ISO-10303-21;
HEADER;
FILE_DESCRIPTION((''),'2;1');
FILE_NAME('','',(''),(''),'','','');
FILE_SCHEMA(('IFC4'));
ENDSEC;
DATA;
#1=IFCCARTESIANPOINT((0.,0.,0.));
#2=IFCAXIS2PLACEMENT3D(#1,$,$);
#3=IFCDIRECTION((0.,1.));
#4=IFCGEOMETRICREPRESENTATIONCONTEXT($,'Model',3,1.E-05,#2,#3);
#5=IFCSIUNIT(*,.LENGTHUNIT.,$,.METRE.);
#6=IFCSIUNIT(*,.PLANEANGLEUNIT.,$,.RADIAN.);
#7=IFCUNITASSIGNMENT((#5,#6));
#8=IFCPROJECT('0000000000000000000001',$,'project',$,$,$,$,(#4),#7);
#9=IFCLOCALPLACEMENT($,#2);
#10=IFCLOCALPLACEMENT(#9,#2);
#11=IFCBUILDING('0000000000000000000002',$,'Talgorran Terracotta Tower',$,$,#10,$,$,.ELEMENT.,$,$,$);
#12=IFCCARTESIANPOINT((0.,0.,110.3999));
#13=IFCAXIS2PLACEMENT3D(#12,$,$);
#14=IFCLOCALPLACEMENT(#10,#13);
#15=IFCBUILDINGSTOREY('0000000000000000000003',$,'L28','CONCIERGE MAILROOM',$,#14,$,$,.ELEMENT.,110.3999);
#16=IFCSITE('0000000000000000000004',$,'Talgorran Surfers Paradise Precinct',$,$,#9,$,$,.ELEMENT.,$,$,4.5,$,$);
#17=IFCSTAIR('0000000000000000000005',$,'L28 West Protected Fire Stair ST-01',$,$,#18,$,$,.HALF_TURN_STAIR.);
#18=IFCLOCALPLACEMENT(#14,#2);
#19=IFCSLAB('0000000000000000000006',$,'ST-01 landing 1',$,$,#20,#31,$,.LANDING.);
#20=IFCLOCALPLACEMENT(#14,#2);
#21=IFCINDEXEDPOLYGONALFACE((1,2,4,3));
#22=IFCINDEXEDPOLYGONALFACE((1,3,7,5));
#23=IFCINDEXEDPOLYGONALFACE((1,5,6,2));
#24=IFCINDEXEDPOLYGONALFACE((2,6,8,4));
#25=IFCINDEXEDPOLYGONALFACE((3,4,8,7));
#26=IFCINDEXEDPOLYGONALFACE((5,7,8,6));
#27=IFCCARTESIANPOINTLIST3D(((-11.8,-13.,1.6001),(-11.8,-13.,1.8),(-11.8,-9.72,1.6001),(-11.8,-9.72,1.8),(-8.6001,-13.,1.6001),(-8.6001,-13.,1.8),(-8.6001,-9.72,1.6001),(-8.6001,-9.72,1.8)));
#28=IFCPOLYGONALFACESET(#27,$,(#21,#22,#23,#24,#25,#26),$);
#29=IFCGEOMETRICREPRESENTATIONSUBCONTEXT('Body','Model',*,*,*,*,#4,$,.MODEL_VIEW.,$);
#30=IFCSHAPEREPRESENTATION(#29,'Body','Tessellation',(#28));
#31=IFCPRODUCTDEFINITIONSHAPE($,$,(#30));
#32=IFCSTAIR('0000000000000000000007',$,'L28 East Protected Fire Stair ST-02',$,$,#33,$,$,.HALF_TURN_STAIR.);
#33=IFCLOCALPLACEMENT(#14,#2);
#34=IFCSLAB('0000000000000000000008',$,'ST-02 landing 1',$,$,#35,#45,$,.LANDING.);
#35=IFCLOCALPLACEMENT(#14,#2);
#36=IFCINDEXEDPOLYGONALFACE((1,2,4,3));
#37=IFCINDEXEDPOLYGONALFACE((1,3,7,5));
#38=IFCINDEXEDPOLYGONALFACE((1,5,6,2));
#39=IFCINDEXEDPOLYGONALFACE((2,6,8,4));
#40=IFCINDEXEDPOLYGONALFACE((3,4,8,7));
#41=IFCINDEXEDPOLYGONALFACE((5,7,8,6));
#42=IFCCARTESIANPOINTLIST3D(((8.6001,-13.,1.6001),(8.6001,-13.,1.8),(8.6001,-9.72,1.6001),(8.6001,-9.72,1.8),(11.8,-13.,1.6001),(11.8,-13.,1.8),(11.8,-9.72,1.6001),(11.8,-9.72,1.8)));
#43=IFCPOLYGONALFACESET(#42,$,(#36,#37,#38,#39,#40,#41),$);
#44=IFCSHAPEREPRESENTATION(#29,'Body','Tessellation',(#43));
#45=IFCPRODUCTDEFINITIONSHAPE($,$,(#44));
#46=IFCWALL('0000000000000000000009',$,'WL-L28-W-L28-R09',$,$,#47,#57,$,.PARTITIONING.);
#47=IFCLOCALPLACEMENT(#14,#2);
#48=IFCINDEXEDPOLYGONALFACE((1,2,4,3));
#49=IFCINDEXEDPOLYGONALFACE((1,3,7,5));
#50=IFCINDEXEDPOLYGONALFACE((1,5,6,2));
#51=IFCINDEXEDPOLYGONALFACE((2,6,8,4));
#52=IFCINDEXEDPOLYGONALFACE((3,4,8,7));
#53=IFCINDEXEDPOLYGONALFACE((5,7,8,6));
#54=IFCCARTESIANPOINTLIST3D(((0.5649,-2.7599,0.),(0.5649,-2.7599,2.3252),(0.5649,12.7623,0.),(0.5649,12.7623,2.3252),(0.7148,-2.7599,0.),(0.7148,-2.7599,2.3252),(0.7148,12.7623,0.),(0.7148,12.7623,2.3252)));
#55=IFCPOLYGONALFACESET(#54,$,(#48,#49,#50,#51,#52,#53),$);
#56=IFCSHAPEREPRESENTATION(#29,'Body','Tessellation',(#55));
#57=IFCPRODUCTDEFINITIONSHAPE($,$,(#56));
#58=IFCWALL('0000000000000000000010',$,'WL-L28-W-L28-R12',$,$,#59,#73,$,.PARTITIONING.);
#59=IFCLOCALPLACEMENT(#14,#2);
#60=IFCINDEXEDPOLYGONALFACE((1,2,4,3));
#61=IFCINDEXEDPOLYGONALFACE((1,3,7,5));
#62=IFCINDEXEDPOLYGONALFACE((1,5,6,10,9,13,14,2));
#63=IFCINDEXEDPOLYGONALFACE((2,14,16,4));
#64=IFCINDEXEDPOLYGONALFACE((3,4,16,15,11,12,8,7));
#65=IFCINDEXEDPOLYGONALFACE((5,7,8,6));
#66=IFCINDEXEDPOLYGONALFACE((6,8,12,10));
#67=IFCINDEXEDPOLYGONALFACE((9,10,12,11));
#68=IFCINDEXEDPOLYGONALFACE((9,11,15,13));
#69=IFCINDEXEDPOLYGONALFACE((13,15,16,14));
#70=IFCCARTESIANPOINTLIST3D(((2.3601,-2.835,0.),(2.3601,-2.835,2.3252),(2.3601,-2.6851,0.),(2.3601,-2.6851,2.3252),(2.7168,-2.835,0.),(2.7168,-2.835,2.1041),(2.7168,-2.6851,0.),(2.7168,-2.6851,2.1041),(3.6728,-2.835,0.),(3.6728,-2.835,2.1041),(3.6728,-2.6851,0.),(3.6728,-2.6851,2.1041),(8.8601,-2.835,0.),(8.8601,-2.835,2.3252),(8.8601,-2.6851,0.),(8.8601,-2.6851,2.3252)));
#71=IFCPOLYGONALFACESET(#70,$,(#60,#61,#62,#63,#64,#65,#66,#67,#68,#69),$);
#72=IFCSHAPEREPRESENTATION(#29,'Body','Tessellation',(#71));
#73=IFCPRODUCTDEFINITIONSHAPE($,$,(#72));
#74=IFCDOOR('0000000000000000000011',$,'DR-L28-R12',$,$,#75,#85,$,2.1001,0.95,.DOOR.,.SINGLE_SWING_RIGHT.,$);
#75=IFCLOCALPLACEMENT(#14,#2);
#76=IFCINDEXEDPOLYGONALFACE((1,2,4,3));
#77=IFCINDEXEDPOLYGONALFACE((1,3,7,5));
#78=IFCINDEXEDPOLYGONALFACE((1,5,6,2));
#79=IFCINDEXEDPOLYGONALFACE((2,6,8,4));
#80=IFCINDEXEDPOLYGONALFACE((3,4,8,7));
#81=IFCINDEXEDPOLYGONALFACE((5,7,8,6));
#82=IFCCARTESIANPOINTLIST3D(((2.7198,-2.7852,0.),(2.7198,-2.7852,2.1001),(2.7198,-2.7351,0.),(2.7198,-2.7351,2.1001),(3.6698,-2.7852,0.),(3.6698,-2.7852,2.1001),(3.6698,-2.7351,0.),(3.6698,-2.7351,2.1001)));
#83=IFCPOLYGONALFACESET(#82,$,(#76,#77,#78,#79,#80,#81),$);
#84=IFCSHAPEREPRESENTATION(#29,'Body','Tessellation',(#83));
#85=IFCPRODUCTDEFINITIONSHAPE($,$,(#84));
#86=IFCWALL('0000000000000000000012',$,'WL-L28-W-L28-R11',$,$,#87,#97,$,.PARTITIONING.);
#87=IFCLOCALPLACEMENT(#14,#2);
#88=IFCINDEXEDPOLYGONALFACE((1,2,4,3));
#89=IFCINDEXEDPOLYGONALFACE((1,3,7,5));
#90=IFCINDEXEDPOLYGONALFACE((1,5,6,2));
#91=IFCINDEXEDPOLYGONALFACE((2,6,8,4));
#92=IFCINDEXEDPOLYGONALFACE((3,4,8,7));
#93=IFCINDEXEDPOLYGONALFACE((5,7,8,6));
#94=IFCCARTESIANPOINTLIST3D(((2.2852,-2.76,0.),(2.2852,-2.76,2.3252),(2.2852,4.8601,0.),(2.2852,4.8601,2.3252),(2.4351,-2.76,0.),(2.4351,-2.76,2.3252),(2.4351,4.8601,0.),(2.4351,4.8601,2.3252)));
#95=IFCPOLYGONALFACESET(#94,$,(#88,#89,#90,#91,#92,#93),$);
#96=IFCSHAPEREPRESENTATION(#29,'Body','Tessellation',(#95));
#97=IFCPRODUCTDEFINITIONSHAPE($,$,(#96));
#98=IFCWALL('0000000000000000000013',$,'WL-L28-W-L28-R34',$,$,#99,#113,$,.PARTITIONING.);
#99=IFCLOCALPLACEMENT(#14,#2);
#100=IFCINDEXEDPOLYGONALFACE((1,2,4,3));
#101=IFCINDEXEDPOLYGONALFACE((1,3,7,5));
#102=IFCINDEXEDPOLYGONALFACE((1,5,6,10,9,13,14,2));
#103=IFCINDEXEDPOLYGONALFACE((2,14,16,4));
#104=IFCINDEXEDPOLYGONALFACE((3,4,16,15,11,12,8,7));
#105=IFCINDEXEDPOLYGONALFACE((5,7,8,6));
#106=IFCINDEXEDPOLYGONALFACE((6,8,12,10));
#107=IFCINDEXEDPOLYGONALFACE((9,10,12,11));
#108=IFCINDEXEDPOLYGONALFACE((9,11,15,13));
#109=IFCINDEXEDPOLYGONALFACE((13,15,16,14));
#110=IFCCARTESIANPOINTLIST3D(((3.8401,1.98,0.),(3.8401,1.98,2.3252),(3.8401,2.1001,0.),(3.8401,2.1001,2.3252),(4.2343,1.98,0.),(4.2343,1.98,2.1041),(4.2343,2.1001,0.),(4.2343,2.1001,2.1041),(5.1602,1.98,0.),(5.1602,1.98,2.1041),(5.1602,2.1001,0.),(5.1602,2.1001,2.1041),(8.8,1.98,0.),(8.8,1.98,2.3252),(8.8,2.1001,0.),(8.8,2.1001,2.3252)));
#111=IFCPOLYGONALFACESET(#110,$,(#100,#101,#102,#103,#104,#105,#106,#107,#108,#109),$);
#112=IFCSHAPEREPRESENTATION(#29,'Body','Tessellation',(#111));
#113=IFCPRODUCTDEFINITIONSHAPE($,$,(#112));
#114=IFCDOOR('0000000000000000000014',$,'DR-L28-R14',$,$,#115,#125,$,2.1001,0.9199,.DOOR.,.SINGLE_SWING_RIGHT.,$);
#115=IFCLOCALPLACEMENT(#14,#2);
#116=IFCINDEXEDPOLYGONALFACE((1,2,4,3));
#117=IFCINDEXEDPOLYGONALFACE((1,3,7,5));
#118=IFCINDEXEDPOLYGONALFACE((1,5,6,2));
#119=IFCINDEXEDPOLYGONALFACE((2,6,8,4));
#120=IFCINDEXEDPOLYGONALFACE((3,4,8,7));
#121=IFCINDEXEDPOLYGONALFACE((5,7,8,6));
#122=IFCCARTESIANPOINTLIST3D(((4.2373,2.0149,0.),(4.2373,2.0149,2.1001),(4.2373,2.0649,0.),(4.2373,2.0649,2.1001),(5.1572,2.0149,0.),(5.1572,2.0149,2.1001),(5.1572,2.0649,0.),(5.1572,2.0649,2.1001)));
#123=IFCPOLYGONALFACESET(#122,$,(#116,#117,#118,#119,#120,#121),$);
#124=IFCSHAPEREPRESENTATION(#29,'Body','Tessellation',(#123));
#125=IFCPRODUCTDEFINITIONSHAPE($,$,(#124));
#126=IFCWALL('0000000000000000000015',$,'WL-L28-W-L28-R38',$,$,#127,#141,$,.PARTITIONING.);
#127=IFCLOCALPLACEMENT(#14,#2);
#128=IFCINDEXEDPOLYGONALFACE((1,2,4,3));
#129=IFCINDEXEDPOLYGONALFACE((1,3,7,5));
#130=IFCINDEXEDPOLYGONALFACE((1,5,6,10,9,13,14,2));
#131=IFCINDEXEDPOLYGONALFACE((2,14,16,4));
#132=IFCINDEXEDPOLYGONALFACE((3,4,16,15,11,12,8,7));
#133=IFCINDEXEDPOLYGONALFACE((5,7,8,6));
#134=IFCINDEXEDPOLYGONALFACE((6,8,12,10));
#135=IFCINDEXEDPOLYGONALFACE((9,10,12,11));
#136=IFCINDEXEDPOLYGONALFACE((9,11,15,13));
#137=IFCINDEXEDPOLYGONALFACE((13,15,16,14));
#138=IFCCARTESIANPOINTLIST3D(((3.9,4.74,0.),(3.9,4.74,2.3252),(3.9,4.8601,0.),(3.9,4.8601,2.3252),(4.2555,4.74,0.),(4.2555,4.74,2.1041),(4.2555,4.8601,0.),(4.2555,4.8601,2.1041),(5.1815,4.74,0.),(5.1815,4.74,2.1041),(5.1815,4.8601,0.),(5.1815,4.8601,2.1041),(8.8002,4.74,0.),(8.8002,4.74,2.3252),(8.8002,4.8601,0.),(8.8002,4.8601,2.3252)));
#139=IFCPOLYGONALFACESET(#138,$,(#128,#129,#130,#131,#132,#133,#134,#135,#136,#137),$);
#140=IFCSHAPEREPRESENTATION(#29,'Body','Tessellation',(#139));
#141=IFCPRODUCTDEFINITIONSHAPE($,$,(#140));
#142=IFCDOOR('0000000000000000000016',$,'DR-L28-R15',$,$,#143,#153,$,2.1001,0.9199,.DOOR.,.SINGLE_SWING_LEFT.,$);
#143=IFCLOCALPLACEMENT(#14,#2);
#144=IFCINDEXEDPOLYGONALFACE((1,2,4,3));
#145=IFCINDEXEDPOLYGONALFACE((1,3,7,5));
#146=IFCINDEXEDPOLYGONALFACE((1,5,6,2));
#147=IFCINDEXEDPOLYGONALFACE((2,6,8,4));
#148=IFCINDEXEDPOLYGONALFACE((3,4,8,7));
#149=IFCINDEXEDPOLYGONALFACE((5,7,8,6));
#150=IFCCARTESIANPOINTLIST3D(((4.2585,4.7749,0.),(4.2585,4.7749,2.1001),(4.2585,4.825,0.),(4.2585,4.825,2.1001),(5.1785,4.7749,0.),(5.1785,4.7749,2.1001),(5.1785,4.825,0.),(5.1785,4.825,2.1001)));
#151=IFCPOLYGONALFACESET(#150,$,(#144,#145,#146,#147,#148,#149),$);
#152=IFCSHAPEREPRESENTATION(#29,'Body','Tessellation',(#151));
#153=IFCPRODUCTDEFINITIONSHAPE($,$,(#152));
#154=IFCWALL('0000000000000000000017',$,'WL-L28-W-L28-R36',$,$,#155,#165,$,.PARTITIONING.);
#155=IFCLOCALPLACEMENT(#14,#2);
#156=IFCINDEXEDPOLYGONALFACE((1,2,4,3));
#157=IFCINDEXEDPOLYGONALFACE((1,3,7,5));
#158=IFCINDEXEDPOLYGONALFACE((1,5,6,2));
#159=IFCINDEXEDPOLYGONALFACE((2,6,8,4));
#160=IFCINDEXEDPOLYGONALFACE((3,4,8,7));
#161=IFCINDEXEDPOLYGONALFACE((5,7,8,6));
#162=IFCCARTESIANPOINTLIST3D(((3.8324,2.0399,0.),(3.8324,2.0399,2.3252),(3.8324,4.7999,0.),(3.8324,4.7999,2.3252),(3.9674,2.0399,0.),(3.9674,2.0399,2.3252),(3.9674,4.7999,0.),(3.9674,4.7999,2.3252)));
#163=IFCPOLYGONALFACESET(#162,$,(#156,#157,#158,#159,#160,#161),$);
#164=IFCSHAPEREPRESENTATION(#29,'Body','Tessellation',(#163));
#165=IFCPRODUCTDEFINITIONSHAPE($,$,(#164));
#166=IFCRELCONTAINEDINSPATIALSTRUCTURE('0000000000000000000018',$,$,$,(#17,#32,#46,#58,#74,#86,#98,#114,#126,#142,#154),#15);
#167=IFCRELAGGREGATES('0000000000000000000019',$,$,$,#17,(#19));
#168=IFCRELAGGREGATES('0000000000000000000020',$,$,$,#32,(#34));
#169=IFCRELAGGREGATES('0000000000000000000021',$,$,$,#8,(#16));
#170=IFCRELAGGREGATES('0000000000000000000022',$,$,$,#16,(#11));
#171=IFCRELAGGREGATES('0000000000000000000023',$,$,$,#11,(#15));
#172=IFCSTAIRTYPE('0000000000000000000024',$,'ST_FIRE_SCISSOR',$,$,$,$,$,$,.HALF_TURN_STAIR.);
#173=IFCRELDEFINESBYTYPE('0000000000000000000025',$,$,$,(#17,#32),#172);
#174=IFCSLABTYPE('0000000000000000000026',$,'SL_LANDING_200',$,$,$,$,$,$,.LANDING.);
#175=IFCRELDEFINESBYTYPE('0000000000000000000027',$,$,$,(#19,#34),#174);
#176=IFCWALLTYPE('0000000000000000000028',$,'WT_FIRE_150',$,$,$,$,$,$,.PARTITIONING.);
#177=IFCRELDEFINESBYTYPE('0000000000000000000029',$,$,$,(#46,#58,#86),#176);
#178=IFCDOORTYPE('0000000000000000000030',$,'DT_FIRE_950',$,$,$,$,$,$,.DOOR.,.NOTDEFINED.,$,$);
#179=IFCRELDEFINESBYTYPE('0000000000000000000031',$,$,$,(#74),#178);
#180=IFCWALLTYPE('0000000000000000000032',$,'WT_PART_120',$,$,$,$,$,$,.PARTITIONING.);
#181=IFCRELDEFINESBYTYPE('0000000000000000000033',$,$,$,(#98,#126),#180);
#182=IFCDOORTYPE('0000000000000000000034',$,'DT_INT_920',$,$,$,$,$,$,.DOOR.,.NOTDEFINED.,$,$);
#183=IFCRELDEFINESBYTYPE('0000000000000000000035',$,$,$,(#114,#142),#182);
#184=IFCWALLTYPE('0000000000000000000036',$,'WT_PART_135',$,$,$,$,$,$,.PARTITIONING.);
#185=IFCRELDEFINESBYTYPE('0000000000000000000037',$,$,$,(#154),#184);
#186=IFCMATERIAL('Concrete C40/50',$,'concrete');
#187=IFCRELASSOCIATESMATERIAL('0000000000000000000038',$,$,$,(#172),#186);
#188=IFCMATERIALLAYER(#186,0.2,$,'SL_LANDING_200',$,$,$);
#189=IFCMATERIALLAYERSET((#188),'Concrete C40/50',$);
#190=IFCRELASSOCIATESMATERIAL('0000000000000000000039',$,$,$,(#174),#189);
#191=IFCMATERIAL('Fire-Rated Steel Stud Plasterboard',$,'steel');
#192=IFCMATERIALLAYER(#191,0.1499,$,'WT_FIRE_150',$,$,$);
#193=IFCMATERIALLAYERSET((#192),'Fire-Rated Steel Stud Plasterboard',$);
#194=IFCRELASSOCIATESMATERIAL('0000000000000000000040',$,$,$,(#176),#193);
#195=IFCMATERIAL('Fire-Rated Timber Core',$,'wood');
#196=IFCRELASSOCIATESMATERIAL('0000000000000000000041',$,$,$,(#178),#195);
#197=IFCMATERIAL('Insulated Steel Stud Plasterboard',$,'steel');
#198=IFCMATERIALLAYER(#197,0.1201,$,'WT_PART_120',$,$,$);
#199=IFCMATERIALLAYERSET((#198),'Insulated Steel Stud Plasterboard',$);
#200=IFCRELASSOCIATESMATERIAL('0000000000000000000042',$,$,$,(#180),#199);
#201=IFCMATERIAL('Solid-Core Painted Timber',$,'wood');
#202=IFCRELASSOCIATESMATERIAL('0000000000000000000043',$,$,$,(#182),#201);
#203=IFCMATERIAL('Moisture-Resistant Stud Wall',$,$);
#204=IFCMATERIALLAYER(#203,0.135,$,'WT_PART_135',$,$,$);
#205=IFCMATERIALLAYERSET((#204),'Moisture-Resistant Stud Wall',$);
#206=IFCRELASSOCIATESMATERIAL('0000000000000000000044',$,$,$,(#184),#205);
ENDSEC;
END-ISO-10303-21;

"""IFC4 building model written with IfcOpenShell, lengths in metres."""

from ifc_helpers import new_model, si_unit, direction, frame, frame_2d, origin, place, context, subcontext, project, spatial, polyline, rectangle, outline, extrude, material, layer, layer_set, type_object, element, fill, aggregate, save


model = new_model("IFC4")

# Units and contexts
model_context = context("Model", 3, precision=1e-05, world=origin(), true_north=direction((0.0, 1.0)))
body_context = subcontext(model_context, "Body", "Model", "MODEL_VIEW")
ifc_project = project(units=[si_unit("LENGTHUNIT", "METRE"), si_unit("PLANEANGLEUNIT", "RADIAN")], contexts=[model_context])

# Site, building, storey
site_placement = place(None, origin())
site = spatial("IfcSite", under=ifc_project, at=site_placement, Name="Talgorran Surfers Paradise Precinct", CompositionType="ELEMENT", RefElevation=4.5)
building_placement = place(site_placement, origin())
building = spatial("IfcBuilding", under=site, at=building_placement, Name="Talgorran Terracotta Tower", CompositionType="ELEMENT")
storey_placement = place(building_placement, frame((0.0, 0.0, 110.3999)))
storey = spatial("IfcBuildingStorey", under=building, at=storey_placement, Name="L28", Description="CONCIERGE MAILROOM", CompositionType="ELEMENT", Elevation=110.3999)

# Stairs, slabs
ifc_material_1 = material(Name="Concrete C40/50", Category="concrete")
stair_type = type_object("IfcStairType", Name="ST_FIRE_SCISSOR", PredefinedType="HALF_TURN_STAIR", material=ifc_material_1)
stair_1_placement = place(storey_placement, origin())
stair_1 = element("IfcStair", 1, at=stair_1_placement, inside=storey, type_object=stair_type, Name="L28 West Protected Fire Stair ST-01", PredefinedType="HALF_TURN_STAIR")
ifc_layer_1 = layer(ifc_material_1, 0.2, Name="SL_LANDING_200")
ifc_layer_set_1 = layer_set([ifc_layer_1], Name="Concrete C40/50")
slab_type = type_object("IfcSlabType", Name="SL_LANDING_200", PredefinedType="LANDING", material=ifc_layer_set_1)
slab_1_placement = place(storey_placement, frame((0.0, 0.0, 1.6001)))
slab_1 = element("IfcSlab", 2, at=slab_1_placement, type_object=slab_type, Name="ST-01 landing 1", PredefinedType="LANDING", context=body_context, shape_type="SweptSolid", body=[
    extrude(outline(polyline([(-11.8, -9.72), (-11.8, -13.0), (-8.6001, -13.0), (-8.6001, -9.72), (-11.8, -9.72)])), origin(), (0.0, 0.0, 1.0), 0.2),
])
aggregate(stair_1, [slab_1])
stair_2_placement = place(storey_placement, origin())
stair_2 = element("IfcStair", 3, at=stair_2_placement, inside=storey, type_object=stair_type, Name="L28 East Protected Fire Stair ST-02", PredefinedType="HALF_TURN_STAIR")
slab_2_placement = place(storey_placement, frame((0.0, 0.0, 1.6001)))
slab_2 = element("IfcSlab", 4, at=slab_2_placement, type_object=slab_type, Name="ST-02 landing 1", PredefinedType="LANDING", context=body_context, shape_type="SweptSolid", body=[
    extrude(outline(polyline([(8.6001, -9.72), (8.6001, -13.0), (11.8, -13.0), (11.8, -9.72), (8.6001, -9.72)])), origin(), (0.0, 0.0, 1.0), 0.2),
])
aggregate(stair_2, [slab_2])

# Wall
ifc_material_2 = material(Name="Fire-Rated Steel Stud Plasterboard", Category="steel")
ifc_layer_2 = layer(ifc_material_2, 0.1499, Name="WT_FIRE_150")
ifc_layer_set_2 = layer_set([ifc_layer_2], Name="Fire-Rated Steel Stud Plasterboard")
wall_type_1 = type_object("IfcWallType", Name="WT_FIRE_150", PredefinedType="PARTITIONING", material=ifc_layer_set_2)
wall_1_placement = place(storey_placement, frame((0.6399, -2.76, 0.0), z_axis=(0.0, 0.0, 1.0), x_axis=(0.0, 1.0, 0.0)))
element("IfcWall", 5, at=wall_1_placement, inside=storey, type_object=wall_type_1, Name="WL-L28-W-L28-R09", PredefinedType="PARTITIONING", context=body_context, shape_type="SweptSolid", body=[
    extrude(rectangle(XDim=15.5222, YDim=0.1499, at=frame_2d((7.7612, 0.0))), origin(), (0.0, 0.0, 1.0), 2.3252),
])

# Wall, opening, door
wall_2_placement = place(storey_placement, frame((2.3601, -2.76, 0.0), z_axis=(0.0, 0.0, 1.0), x_axis=(1.0, 0.0, 0.0)))
wall_2 = element("IfcWall", 6, at=wall_2_placement, inside=storey, type_object=wall_type_1, Name="WL-L28-W-L28-R12", PredefinedType="PARTITIONING", context=body_context, shape_type="SweptSolid", body=[
    extrude(rectangle(XDim=6.5, YDim=0.1499, at=frame_2d((3.25, 0.0))), origin(), (0.0, 0.0, 1.0), 2.3252),
])
opening_1_placement = place(wall_2_placement, frame((0.3596, 0.0, 0.0)))
opening_1 = element("IfcOpeningElement", 7, at=opening_1_placement, cuts=wall_2, PredefinedType="OPENING", context=body_context, shape_type="SweptSolid", body=[
    extrude(rectangle(XDim=0.956, YDim=2.1041, at=frame_2d((0.4751, 1.052))), frame((0.0, 0.085, 0.0), z_axis=(0.0, -1.0, 0.0), x_axis=(1.0, 0.0, 0.0)), (0.0, 0.0, 1.0), 0.1699),
])
ifc_material_3 = material(Name="Fire-Rated Timber Core", Category="wood")
door_type_1 = type_object("IfcDoorType", Name="DT_FIRE_950", OperationType="NOTDEFINED", PredefinedType="DOOR", material=ifc_material_3)
door_1_placement = place(opening_1_placement, origin())
door_1 = element("IfcDoor", 8, at=door_1_placement, inside=storey, type_object=door_type_1, Name="DR-L28-R12", OperationType="SINGLE_SWING_RIGHT", OverallHeight=2.1001, OverallWidth=0.95, PredefinedType="DOOR", context=body_context, shape_type="SweptSolid", body=[
    extrude(rectangle(XDim=0.95, YDim=2.1001, at=frame_2d((0.4751, 1.05))), frame((0.0, 0.0249, 0.0), z_axis=(0.0, -1.0, 0.0), x_axis=(1.0, 0.0, 0.0)), (0.0, 0.0, 1.0), 0.05),
])
fill(opening_1, door_1)

# Wall
wall_3_placement = place(storey_placement, frame((2.3601, -2.76, 0.0), z_axis=(0.0, 0.0, 1.0), x_axis=(0.0, 1.0, 0.0)))
element("IfcWall", 9, at=wall_3_placement, inside=storey, type_object=wall_type_1, Name="WL-L28-W-L28-R11", PredefinedType="PARTITIONING", context=body_context, shape_type="SweptSolid", body=[
    extrude(rectangle(XDim=7.6201, YDim=0.1499, at=frame_2d((3.8101, 0.0))), origin(), (0.0, 0.0, 1.0), 2.3252),
])

# Walls, openings, doors
ifc_material_4 = material(Name="Insulated Steel Stud Plasterboard", Category="steel")
ifc_layer_3 = layer(ifc_material_4, 0.1201, Name="WT_PART_120")
ifc_layer_set_3 = layer_set([ifc_layer_3], Name="Insulated Steel Stud Plasterboard")
wall_type_2 = type_object("IfcWallType", Name="WT_PART_120", PredefinedType="PARTITIONING", material=ifc_layer_set_3)
wall_4_placement = place(storey_placement, frame((3.8401, 2.04, 0.0), z_axis=(0.0, 0.0, 1.0), x_axis=(1.0, 0.0, 0.0)))
wall_4 = element("IfcWall", 10, at=wall_4_placement, inside=storey, type_object=wall_type_2, Name="WL-L28-W-L28-R34", PredefinedType="PARTITIONING", context=body_context, shape_type="SweptSolid", body=[
    extrude(rectangle(XDim=4.96, YDim=0.1201, at=frame_2d((2.48, 0.0))), origin(), (0.0, 0.0, 1.0), 2.3252),
])
opening_2_placement = place(wall_4_placement, frame((0.3972, 0.0, 0.0)))
opening_2 = element("IfcOpeningElement", 11, at=opening_2_placement, cuts=wall_4, PredefinedType="OPENING", context=body_context, shape_type="SweptSolid", body=[
    extrude(rectangle(XDim=0.9259, YDim=2.1041, at=frame_2d((0.46, 1.052))), frame((0.0, 0.0701, 0.0), z_axis=(0.0, -1.0, 0.0), x_axis=(1.0, 0.0, 0.0)), (0.0, 0.0, 1.0), 0.1401),
])
ifc_material_5 = material(Name="Solid-Core Painted Timber", Category="wood")
door_type_2 = type_object("IfcDoorType", Name="DT_INT_920", OperationType="NOTDEFINED", PredefinedType="DOOR", material=ifc_material_5)
door_2_placement = place(opening_2_placement, origin())
door_2 = element("IfcDoor", 12, at=door_2_placement, inside=storey, type_object=door_type_2, Name="DR-L28-R14", OperationType="SINGLE_SWING_RIGHT", OverallHeight=2.1001, OverallWidth=0.9199, PredefinedType="DOOR", context=body_context, shape_type="SweptSolid", body=[
    extrude(rectangle(XDim=0.9199, YDim=2.1001, at=frame_2d((0.46, 1.05))), frame((0.0, 0.0249, 0.0), z_axis=(0.0, -1.0, 0.0), x_axis=(1.0, 0.0, 0.0)), (0.0, 0.0, 1.0), 0.05),
])
fill(opening_2, door_2)
wall_5_placement = place(storey_placement, frame((3.8999, 4.8, 0.0), z_axis=(0.0, 0.0, 1.0), x_axis=(1.0, 0.0, 0.0)))
wall_5 = element("IfcWall", 13, at=wall_5_placement, inside=storey, type_object=wall_type_2, Name="WL-L28-W-L28-R38", PredefinedType="PARTITIONING", context=body_context, shape_type="SweptSolid", body=[
    extrude(rectangle(XDim=4.9001, YDim=0.1201, at=frame_2d((2.4502, 0.0))), origin(), (0.0, 0.0, 1.0), 2.3252),
])
opening_3_placement = place(wall_5_placement, frame((0.3586, 0.0, 0.0)))
opening_3 = element("IfcOpeningElement", 14, at=opening_3_placement, cuts=wall_5, PredefinedType="OPENING", context=body_context, shape_type="SweptSolid", body=[
    extrude(rectangle(XDim=0.9259, YDim=2.1041, at=frame_2d((0.46, 1.052))), frame((0.0, 0.0701, 0.0), z_axis=(0.0, -1.0, 0.0), x_axis=(1.0, 0.0, 0.0)), (0.0, 0.0, 1.0), 0.1401),
])
door_3_placement = place(opening_3_placement, origin())
door_3 = element("IfcDoor", 15, at=door_3_placement, inside=storey, type_object=door_type_2, Name="DR-L28-R15", OperationType="SINGLE_SWING_LEFT", OverallHeight=2.1001, OverallWidth=0.9199, PredefinedType="DOOR", context=body_context, shape_type="SweptSolid", body=[
    extrude(rectangle(XDim=0.9199, YDim=2.1001, at=frame_2d((0.46, 1.05))), frame((0.0, 0.0249, 0.0), z_axis=(0.0, -1.0, 0.0), x_axis=(1.0, 0.0, 0.0)), (0.0, 0.0, 1.0), 0.05),
])
fill(opening_3, door_3)

# Wall
ifc_material_6 = material(Name="Moisture-Resistant Stud Wall")
ifc_layer_4 = layer(ifc_material_6, 0.135, Name="WT_PART_135")
ifc_layer_set_4 = layer_set([ifc_layer_4], Name="Moisture-Resistant Stud Wall")
wall_type_3 = type_object("IfcWallType", Name="WT_PART_135", PredefinedType="PARTITIONING", material=ifc_layer_set_4)
wall_6_placement = place(storey_placement, frame((3.8999, 2.04, 0.0), z_axis=(0.0, 0.0, 1.0), x_axis=(0.0, 1.0, 0.0)))
element("IfcWall", 16, at=wall_6_placement, inside=storey, type_object=wall_type_3, Name="WL-L28-W-L28-R36", PredefinedType="PARTITIONING", context=body_context, shape_type="SweptSolid", body=[
    extrude(rectangle(XDim=2.76, YDim=0.135, at=frame_2d((1.3799, 0.0))), origin(), (0.0, 0.0, 1.0), 2.3252),
])

save(model, "model.ifc")
